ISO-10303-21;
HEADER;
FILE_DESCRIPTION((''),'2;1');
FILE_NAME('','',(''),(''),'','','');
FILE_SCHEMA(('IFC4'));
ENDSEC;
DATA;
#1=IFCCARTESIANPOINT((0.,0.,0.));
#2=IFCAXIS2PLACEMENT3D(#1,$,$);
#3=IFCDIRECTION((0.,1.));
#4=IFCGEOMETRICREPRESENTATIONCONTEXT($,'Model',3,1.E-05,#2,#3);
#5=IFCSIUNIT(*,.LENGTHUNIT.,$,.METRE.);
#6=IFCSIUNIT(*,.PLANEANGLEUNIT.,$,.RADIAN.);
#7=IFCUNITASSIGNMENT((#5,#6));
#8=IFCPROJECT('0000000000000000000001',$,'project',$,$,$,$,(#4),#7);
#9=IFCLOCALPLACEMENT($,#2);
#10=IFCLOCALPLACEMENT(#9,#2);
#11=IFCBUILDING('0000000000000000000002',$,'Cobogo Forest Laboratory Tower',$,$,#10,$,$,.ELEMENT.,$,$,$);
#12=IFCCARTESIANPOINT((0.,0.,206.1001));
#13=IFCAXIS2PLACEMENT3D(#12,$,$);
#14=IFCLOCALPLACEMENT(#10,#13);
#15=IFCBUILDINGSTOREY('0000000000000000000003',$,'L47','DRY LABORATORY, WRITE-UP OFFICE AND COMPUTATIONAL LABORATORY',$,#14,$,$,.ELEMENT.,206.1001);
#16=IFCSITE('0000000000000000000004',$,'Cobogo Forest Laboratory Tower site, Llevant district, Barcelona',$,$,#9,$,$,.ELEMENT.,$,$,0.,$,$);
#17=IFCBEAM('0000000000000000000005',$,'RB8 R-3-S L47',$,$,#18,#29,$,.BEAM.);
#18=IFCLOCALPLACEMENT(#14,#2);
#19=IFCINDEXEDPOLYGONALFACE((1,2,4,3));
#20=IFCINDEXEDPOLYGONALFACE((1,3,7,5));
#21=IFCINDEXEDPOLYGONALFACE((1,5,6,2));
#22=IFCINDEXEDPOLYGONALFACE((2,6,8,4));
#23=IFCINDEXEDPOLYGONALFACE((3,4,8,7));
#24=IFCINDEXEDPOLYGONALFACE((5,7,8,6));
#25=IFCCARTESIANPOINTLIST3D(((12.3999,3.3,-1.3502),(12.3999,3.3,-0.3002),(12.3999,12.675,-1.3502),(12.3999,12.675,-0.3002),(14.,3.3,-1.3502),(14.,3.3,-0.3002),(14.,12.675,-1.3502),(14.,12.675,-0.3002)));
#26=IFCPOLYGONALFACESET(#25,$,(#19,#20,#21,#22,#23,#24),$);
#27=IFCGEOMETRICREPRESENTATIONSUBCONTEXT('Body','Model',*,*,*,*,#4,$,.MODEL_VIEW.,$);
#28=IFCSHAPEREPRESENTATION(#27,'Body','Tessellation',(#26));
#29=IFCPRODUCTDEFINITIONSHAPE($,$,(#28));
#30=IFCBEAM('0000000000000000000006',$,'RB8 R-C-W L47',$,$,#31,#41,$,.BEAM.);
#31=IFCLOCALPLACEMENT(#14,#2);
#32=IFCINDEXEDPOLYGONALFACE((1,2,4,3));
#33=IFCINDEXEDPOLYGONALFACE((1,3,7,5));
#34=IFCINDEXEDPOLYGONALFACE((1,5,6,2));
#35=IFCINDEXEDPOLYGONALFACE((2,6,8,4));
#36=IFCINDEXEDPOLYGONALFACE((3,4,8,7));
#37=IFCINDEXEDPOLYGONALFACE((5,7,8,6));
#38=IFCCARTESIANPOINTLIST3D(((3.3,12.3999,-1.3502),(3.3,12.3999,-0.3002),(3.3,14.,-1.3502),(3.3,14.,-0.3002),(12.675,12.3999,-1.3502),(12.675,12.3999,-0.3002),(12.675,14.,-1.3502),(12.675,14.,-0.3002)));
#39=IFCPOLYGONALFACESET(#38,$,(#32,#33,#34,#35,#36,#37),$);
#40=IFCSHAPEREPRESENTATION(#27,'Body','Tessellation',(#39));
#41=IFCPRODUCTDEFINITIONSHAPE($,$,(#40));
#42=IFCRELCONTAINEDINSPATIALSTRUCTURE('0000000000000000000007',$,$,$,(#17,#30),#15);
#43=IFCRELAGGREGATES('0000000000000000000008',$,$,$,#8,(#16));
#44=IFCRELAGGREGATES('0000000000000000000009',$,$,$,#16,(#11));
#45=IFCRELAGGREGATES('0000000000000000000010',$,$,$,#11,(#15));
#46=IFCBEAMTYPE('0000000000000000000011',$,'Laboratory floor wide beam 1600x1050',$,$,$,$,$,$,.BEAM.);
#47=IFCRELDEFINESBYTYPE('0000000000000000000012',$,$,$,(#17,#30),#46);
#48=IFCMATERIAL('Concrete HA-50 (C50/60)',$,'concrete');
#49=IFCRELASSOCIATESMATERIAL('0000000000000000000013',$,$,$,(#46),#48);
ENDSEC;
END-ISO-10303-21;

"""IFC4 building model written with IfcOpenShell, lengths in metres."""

from ifc_helpers import new_model, si_unit, direction, frame, origin, origin_2d, place, context, subcontext, project, spatial, rectangle, extrude, material, material_profile, profile_set, type_object, element, save


model = new_model("IFC4")

# Units and contexts
model_context = context("Model", 3, precision=1e-05, world=origin(), true_north=direction((0.0, 1.0)))
body_context = subcontext(model_context, "Body", "Model", "MODEL_VIEW")
ifc_project = project(units=[si_unit("LENGTHUNIT", "METRE"), si_unit("PLANEANGLEUNIT", "RADIAN")], contexts=[model_context])

# Site, building, storey
site_placement = place(None, origin())
site = spatial("IfcSite", under=ifc_project, at=site_placement, Name="Cobogo Forest Laboratory Tower site, Llevant district, Barcelona", CompositionType="ELEMENT", RefElevation=0.0)
building_placement = place(site_placement, origin())
building = spatial("IfcBuilding", under=site, at=building_placement, Name="Cobogo Forest Laboratory Tower", CompositionType="ELEMENT")
storey_placement = place(building_placement, frame((0.0, 0.0, 206.1001)))
storey = spatial("IfcBuildingStorey", under=building, at=storey_placement, Name="L47", Description="DRY LABORATORY, WRITE-UP OFFICE AND COMPUTATIONAL LABORATORY", CompositionType="ELEMENT", Elevation=206.1001)

# Beams
ifc_material_1 = material(Name="Concrete HA-50 (C50/60)", Category="concrete")
ifc_material_profile = material_profile(ifc_material_1, rectangle(XDim=1.6001, YDim=1.05, at=origin_2d()), Name="RC 1600x1050")
ifc_profile_set = profile_set([ifc_material_profile], Name="Concrete HA-50 (C50/60)")
beam_type = type_object("IfcBeamType", Name="Laboratory floor wide beam 1600x1050", PredefinedType="BEAM", material=ifc_profile_set)
for number, where, z_axis, x_axis, name in (
    (1, (13.2, 12.675, -0.8252), (0.0, -1.0, 0.0), (1.0, 0.0, 0.0), "RB8 R-3-S L47"),
    (2, (12.675, 13.2, -0.8252), (-1.0, 0.0, 0.0), (0.0, -1.0, 0.0), "RB8 R-C-W L47"),
):
    element("IfcBeam", number, at=place(storey_placement, frame(where, z_axis=z_axis, x_axis=x_axis)), inside=storey, type_object=beam_type, Name=name, PredefinedType="BEAM", context=body_context, shape_type="SweptSolid", body=[
        extrude(rectangle(XDim=1.6001, YDim=1.05, at=origin_2d()), origin(), (0.0, 0.0, 1.0), 9.375),
    ])

save(model, "model.ifc")
